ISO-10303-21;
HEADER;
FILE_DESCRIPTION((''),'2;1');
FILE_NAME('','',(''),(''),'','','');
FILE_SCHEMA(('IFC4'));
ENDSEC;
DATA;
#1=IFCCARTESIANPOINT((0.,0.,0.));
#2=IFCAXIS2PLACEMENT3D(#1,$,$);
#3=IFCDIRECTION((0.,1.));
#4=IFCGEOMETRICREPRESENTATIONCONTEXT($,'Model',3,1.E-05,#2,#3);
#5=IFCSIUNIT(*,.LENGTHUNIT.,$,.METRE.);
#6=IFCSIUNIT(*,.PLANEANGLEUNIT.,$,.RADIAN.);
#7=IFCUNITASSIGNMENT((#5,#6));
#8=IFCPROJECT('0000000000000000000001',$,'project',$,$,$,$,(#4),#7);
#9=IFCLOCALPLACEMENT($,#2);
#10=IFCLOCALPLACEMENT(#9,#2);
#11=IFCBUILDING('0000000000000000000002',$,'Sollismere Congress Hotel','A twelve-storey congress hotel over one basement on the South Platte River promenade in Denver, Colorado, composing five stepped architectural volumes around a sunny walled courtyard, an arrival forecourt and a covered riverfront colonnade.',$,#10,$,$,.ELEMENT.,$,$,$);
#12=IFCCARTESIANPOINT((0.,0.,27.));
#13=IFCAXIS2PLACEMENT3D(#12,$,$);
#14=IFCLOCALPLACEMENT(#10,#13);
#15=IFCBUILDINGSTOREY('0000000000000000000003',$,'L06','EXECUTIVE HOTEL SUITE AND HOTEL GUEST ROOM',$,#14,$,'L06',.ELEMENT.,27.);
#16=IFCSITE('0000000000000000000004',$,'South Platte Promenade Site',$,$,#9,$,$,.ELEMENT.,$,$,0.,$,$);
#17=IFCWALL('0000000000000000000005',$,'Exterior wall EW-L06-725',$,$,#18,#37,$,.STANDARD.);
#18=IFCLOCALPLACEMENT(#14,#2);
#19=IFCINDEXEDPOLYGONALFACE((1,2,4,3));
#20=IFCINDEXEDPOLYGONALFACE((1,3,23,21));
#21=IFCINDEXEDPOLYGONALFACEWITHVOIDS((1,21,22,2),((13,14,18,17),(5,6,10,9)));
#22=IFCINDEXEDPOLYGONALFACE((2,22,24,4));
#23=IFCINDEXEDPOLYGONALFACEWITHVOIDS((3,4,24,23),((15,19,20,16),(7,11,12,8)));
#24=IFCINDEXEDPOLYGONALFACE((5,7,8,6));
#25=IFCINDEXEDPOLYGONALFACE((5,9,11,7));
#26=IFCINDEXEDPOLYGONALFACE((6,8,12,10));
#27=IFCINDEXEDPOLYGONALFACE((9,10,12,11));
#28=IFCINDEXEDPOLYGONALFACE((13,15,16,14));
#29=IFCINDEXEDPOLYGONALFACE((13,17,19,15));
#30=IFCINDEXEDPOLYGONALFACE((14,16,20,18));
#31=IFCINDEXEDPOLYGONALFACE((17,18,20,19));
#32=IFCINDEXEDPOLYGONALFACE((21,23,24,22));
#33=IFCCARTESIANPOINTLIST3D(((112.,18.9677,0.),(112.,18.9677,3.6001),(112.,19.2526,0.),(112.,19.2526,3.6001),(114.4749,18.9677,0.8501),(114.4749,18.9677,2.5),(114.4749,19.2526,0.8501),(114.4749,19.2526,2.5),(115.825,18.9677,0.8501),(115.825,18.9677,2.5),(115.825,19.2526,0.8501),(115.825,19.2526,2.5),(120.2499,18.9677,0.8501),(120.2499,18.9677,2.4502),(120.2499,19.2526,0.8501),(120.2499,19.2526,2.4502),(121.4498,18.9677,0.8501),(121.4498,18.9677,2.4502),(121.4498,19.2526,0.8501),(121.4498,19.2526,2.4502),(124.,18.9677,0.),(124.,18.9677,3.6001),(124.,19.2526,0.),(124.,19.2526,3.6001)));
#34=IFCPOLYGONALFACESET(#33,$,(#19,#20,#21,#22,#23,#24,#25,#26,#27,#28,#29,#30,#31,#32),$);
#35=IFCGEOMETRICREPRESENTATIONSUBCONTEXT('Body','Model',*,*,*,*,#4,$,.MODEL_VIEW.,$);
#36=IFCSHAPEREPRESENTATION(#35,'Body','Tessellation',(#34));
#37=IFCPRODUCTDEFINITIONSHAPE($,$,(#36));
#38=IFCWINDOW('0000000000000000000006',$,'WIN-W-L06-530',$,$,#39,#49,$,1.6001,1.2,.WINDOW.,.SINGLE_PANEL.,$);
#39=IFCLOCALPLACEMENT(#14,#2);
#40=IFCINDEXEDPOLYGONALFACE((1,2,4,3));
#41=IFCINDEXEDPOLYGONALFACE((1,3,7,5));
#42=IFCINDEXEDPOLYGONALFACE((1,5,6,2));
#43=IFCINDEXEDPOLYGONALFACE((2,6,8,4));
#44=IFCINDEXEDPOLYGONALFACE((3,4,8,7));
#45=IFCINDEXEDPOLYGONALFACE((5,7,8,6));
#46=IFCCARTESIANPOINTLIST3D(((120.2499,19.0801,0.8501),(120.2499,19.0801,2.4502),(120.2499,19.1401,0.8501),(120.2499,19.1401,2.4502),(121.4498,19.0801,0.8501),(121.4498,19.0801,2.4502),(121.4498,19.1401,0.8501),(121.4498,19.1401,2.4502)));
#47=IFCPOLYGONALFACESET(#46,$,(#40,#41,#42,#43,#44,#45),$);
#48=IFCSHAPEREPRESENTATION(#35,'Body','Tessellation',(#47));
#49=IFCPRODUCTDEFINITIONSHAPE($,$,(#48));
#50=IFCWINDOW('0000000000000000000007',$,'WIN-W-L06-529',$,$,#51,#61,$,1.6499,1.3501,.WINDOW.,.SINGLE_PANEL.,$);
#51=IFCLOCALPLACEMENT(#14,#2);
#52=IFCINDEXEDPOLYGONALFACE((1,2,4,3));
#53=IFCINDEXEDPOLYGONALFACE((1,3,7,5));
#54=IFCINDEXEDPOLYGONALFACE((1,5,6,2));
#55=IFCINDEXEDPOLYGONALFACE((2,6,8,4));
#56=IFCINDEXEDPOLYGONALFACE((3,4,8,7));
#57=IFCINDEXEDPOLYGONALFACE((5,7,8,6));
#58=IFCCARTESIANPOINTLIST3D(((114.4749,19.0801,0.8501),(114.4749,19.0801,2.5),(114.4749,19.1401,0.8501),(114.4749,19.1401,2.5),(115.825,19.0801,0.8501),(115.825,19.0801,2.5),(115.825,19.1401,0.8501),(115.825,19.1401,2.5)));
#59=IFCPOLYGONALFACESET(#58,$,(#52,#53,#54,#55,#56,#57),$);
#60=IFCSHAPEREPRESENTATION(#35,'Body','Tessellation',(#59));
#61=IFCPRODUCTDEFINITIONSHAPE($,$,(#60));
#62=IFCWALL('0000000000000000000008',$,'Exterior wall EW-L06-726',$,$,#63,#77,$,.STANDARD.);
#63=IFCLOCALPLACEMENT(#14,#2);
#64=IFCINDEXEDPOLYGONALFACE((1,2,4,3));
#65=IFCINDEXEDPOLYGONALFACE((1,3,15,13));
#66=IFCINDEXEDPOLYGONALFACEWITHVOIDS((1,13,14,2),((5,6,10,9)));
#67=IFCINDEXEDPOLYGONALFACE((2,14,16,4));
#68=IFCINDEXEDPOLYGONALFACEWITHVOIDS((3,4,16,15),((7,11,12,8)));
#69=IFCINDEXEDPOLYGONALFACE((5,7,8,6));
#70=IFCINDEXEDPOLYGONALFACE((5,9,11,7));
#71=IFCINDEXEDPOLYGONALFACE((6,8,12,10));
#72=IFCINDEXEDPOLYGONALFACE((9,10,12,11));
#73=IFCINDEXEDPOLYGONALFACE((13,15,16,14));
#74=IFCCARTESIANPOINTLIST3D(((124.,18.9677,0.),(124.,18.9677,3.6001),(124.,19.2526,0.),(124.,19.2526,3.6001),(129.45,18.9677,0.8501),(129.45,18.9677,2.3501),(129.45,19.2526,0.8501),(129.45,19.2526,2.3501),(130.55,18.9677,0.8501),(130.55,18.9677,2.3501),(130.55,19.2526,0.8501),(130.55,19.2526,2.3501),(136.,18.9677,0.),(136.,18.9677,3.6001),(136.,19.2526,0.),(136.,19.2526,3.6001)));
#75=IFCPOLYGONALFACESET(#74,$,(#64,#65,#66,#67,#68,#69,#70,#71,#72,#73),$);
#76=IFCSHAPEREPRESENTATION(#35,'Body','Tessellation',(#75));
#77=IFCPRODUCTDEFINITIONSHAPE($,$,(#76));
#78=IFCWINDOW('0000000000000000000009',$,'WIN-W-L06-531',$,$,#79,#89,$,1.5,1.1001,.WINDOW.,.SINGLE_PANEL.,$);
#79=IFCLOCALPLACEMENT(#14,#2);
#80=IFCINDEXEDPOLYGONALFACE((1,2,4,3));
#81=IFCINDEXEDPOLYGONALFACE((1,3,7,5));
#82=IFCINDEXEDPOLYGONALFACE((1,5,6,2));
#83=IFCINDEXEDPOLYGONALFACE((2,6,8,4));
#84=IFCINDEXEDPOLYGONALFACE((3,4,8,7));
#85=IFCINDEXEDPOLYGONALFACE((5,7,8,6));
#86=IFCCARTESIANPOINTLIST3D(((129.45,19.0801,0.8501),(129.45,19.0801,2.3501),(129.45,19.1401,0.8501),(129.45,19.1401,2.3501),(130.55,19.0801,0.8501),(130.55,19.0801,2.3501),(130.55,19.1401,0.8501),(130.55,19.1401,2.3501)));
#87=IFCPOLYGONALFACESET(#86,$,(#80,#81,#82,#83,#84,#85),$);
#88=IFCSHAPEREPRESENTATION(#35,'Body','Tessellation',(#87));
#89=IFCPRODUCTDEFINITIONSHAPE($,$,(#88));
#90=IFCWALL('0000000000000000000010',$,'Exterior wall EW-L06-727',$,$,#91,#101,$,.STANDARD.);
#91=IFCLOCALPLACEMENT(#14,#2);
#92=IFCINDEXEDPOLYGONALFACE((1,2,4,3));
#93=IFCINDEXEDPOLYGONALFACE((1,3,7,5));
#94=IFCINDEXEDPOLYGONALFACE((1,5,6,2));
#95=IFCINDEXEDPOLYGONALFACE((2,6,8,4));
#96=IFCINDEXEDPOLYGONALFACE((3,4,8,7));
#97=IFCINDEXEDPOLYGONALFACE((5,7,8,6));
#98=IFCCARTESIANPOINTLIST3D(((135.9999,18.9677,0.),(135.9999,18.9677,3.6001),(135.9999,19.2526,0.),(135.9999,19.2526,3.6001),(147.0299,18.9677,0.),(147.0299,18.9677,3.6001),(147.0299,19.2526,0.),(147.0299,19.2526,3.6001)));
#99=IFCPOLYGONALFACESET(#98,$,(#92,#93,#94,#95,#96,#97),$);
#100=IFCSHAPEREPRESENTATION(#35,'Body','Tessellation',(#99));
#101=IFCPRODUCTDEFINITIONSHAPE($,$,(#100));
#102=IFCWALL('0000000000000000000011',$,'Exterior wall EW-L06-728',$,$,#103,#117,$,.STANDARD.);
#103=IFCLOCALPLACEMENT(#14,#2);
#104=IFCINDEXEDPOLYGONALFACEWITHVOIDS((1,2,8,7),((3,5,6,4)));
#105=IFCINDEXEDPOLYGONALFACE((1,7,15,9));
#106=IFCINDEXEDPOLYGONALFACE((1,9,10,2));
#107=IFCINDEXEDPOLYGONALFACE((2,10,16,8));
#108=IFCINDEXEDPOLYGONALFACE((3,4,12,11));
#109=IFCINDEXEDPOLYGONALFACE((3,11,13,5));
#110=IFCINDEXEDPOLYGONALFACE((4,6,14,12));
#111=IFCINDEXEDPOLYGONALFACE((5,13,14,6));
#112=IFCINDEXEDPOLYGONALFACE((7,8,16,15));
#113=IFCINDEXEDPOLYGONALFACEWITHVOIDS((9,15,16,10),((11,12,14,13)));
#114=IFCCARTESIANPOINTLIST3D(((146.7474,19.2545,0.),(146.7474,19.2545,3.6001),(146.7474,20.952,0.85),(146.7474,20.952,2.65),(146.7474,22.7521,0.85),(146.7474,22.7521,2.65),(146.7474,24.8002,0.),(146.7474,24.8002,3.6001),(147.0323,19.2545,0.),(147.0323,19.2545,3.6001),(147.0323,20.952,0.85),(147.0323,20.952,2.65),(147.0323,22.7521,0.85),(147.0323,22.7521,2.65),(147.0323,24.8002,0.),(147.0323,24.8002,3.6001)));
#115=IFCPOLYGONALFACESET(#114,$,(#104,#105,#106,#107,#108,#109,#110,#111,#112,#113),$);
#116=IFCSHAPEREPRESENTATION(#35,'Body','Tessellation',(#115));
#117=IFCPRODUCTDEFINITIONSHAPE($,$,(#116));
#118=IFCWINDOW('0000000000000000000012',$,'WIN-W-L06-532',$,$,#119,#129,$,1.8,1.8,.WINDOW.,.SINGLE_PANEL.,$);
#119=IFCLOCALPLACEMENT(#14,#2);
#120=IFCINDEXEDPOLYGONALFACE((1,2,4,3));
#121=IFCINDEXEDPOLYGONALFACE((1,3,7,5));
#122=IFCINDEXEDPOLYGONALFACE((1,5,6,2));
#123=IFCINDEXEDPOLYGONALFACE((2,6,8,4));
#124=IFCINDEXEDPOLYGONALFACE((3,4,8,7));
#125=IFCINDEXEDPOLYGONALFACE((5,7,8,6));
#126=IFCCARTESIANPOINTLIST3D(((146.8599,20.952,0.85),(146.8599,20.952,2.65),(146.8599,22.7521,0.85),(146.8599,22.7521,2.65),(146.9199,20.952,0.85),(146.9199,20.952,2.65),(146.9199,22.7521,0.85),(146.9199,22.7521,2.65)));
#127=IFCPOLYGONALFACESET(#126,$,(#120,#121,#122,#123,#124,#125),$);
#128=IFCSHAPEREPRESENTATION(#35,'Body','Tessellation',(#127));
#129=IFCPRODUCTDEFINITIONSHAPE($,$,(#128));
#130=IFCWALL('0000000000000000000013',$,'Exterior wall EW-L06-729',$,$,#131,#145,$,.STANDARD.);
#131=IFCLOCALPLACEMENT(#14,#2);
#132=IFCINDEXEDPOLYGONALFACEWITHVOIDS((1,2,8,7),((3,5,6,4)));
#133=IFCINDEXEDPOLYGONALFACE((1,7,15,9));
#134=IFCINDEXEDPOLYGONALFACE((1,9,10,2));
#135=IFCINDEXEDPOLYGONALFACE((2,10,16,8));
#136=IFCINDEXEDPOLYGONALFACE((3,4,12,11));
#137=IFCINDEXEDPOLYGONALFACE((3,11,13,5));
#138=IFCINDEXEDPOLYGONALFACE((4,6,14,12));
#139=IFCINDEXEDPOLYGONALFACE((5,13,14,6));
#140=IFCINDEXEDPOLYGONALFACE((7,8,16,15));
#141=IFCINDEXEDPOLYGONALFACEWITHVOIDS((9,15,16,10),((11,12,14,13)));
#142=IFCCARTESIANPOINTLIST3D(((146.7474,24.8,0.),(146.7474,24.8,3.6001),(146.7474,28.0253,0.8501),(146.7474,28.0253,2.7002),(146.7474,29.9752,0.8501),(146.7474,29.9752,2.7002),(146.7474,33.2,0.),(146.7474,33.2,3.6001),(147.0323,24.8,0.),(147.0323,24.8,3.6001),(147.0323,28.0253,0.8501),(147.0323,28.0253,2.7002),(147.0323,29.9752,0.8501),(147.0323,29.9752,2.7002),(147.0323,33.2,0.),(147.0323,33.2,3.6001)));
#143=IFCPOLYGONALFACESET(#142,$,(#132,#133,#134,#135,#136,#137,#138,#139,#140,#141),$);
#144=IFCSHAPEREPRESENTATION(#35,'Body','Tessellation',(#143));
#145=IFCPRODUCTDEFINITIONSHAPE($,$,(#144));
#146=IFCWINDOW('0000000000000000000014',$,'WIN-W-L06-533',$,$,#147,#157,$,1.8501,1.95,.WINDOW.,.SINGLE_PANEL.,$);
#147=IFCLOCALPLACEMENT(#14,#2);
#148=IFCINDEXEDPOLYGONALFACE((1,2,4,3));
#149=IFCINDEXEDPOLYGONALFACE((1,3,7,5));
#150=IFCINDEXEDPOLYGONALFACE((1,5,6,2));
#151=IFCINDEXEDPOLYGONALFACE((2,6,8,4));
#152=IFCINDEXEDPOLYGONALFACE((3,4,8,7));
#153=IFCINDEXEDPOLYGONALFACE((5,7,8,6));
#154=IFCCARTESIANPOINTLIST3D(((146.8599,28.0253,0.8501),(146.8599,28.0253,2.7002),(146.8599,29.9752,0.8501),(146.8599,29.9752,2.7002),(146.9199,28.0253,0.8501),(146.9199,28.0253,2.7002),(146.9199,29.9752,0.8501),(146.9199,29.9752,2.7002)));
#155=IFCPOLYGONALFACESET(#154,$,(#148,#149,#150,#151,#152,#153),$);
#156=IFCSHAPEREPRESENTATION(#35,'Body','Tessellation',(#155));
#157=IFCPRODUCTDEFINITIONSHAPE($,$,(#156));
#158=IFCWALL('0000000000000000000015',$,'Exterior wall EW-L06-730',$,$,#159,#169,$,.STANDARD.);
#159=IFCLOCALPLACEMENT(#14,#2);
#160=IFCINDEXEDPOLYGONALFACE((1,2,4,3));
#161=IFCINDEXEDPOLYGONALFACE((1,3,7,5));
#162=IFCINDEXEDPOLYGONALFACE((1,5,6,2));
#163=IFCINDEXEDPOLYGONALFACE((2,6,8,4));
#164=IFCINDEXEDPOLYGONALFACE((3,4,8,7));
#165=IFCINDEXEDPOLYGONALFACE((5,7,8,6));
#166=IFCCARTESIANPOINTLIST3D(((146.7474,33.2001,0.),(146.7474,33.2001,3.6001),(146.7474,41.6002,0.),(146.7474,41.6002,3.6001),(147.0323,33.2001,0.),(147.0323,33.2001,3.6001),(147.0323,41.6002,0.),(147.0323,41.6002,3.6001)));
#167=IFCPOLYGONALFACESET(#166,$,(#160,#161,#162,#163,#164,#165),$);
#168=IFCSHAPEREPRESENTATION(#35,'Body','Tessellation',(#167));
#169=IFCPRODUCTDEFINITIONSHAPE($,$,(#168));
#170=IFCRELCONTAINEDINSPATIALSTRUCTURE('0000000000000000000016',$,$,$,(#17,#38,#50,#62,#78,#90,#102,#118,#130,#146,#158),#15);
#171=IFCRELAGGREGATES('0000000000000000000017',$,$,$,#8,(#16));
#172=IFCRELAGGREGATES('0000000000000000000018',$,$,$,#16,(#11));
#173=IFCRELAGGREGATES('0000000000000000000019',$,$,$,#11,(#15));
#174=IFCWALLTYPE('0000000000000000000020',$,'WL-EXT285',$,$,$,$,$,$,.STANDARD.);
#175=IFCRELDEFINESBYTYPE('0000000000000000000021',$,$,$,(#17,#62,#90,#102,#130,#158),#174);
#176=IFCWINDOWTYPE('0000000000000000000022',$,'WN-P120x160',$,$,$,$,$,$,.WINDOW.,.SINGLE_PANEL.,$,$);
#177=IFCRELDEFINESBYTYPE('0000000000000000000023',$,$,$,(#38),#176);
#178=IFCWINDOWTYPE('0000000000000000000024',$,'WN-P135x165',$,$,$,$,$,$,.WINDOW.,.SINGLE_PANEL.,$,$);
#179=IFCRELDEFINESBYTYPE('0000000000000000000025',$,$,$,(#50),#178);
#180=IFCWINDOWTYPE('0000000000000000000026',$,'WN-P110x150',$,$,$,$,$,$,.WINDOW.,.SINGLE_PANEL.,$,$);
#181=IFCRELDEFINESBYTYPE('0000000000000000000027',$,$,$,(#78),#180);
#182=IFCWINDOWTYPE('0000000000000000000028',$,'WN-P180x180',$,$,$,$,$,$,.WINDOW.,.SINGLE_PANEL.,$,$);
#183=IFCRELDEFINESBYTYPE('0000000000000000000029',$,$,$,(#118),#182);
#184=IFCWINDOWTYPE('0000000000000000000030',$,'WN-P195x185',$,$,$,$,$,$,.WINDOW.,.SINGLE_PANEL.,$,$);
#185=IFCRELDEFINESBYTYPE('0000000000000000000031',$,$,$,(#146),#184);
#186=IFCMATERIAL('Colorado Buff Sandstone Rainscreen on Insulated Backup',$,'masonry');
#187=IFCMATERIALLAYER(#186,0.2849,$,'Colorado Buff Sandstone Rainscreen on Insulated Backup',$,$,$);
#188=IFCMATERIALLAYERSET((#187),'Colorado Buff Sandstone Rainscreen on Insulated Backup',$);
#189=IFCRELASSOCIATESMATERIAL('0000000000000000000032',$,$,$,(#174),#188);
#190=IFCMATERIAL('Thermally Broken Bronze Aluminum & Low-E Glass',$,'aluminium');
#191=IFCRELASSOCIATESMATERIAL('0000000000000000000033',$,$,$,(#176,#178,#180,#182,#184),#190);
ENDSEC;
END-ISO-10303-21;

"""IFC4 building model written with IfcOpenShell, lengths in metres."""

from ifc_helpers import new_model, si_unit, direction, frame, frame_2d, origin, place, context, subcontext, project, spatial, rectangle, extrude, material, layer, layer_set, type_object, element, fill, save


model = new_model("IFC4")

# Units and contexts
model_context = context("Model", 3, precision=1e-05, world=origin(), true_north=direction((0.0, 1.0)))
body_context = subcontext(model_context, "Body", "Model", "MODEL_VIEW")
ifc_project = project(units=[si_unit("LENGTHUNIT", "METRE"), si_unit("PLANEANGLEUNIT", "RADIAN")], contexts=[model_context])

# Site, building, storey
site_placement = place(None, origin())
site = spatial("IfcSite", under=ifc_project, at=site_placement, Name="South Platte Promenade Site", CompositionType="ELEMENT", RefElevation=0.0)
building_placement = place(site_placement, origin())
building = spatial("IfcBuilding", under=site, at=building_placement, Name="Sollismere Congress Hotel", Description="A twelve-storey congress hotel over one basement on the South Platte River promenade in Denver, Colorado, composing five stepped architectural volumes around a sunny walled courtyard, an arrival forecourt and a covered riverfront colonnade.", CompositionType="ELEMENT")
storey_placement = place(building_placement, frame((0.0, 0.0, 27.0)))
storey = spatial("IfcBuildingStorey", under=building, at=storey_placement, Name="L06", Description="EXECUTIVE HOTEL SUITE AND HOTEL GUEST ROOM", LongName="L06", CompositionType="ELEMENT", Elevation=27.0)

# Wall, openings, windows
ifc_material_1 = material(Name="Colorado Buff Sandstone Rainscreen on Insulated Backup", Category="masonry")
ifc_layer_1 = layer(ifc_material_1, 0.2849, Name="Colorado Buff Sandstone Rainscreen on Insulated Backup")
ifc_layer_set_1 = layer_set([ifc_layer_1], Name="Colorado Buff Sandstone Rainscreen on Insulated Backup")
wall_type_1 = type_object("IfcWallType", Name="WL-EXT285", PredefinedType="STANDARD", material=ifc_layer_set_1)
wall_1_placement = place(storey_placement, frame((124.0, 19.1101, 0.0), z_axis=(0.0, 0.0, 1.0), x_axis=(-1.0, 0.0, 0.0)))
wall_1 = element("IfcWall", 1, at=wall_1_placement, inside=storey, type_object=wall_type_1, Name="Exterior wall EW-L06-725", PredefinedType="STANDARD", context=body_context, shape_type="SweptSolid", body=[
    extrude(rectangle(XDim=12.0, YDim=0.2849, at=frame_2d((6.0, 0.0))), origin(), (0.0, 0.0, 1.0), 3.6001),
])
opening_1_placement = place(wall_1_placement, frame((8.175, 0.0, 0.8501)))
opening_1 = element("IfcOpeningElement", 2, at=opening_1_placement, cuts=wall_1, PredefinedType="OPENING", context=body_context, shape_type="SweptSolid", body=[
    extrude(rectangle(XDim=1.3501, YDim=1.6499, at=frame_2d((0.675, 0.825))), frame((0.0, 0.1523, 0.0), z_axis=(0.0, -1.0, 0.0), x_axis=(1.0, 0.0, 0.0)), (0.0, 0.0, 1.0), 0.3049),
])
opening_2_placement = place(wall_1_placement, frame((2.55, 0.0, 0.8501)))
opening_2 = element("IfcOpeningElement", 3, at=opening_2_placement, cuts=wall_1, PredefinedType="OPENING", context=body_context, shape_type="SweptSolid", body=[
    extrude(rectangle(XDim=1.2, YDim=1.6001, at=frame_2d((0.6001, 0.8))), frame((0.0, 0.1523, 0.0), z_axis=(0.0, -1.0, 0.0), x_axis=(1.0, 0.0, 0.0)), (0.0, 0.0, 1.0), 0.3049),
])
ifc_material_2 = material(Name="Thermally Broken Bronze Aluminum & Low-E Glass", Category="aluminium")
window_type_1 = type_object("IfcWindowType", Name="WN-P120x160", PartitioningType="SINGLE_PANEL", PredefinedType="WINDOW", material=ifc_material_2)
window_1_placement = place(opening_2_placement, origin())
window_1 = element("IfcWindow", 4, at=window_1_placement, inside=storey, type_object=window_type_1, Name="WIN-W-L06-530", OverallHeight=1.6001, OverallWidth=1.2, PartitioningType="SINGLE_PANEL", PredefinedType="WINDOW", context=body_context, shape_type="SweptSolid", body=[
    extrude(rectangle(XDim=1.2, YDim=1.6001, at=frame_2d((0.6001, 0.8))), frame((0.0, 0.03, 0.0), z_axis=(0.0, -1.0, 0.0), x_axis=(1.0, 0.0, 0.0)), (0.0, 0.0, 1.0), 0.0601),
])
fill(opening_2, window_1)
window_type_2 = type_object("IfcWindowType", Name="WN-P135x165", PartitioningType="SINGLE_PANEL", PredefinedType="WINDOW", material=ifc_material_2)
window_2_placement = place(opening_1_placement, origin())
window_2 = element("IfcWindow", 5, at=window_2_placement, inside=storey, type_object=window_type_2, Name="WIN-W-L06-529", OverallHeight=1.6499, OverallWidth=1.3501, PartitioningType="SINGLE_PANEL", PredefinedType="WINDOW", context=body_context, shape_type="SweptSolid", body=[
    extrude(rectangle(XDim=1.3501, YDim=1.6499, at=frame_2d((0.675, 0.825))), frame((0.0, 0.03, 0.0), z_axis=(0.0, -1.0, 0.0), x_axis=(1.0, 0.0, 0.0)), (0.0, 0.0, 1.0), 0.0601),
])
fill(opening_1, window_2)

# Wall, opening, window
wall_2_placement = place(storey_placement, frame((136.0, 19.1101, 0.0), z_axis=(0.0, 0.0, 1.0), x_axis=(-1.0, 0.0, 0.0)))
wall_2 = element("IfcWall", 6, at=wall_2_placement, inside=storey, type_object=wall_type_1, Name="Exterior wall EW-L06-726", PredefinedType="STANDARD", context=body_context, shape_type="SweptSolid", body=[
    extrude(rectangle(XDim=12.0, YDim=0.2849, at=frame_2d((6.0, 0.0))), origin(), (0.0, 0.0, 1.0), 3.6001),
])
opening_3_placement = place(wall_2_placement, frame((5.45, 0.0, 0.8501)))
opening_3 = element("IfcOpeningElement", 7, at=opening_3_placement, cuts=wall_2, PredefinedType="OPENING", context=body_context, shape_type="SweptSolid", body=[
    extrude(rectangle(XDim=1.1001, YDim=1.5, at=frame_2d((0.55, 0.75))), frame((0.0, 0.1523, 0.0), z_axis=(0.0, -1.0, 0.0), x_axis=(1.0, 0.0, 0.0)), (0.0, 0.0, 1.0), 0.3049),
])
window_type_3 = type_object("IfcWindowType", Name="WN-P110x150", PartitioningType="SINGLE_PANEL", PredefinedType="WINDOW", material=ifc_material_2)
window_3_placement = place(opening_3_placement, origin())
window_3 = element("IfcWindow", 8, at=window_3_placement, inside=storey, type_object=window_type_3, Name="WIN-W-L06-531", OverallHeight=1.5, OverallWidth=1.1001, PartitioningType="SINGLE_PANEL", PredefinedType="WINDOW", context=body_context, shape_type="SweptSolid", body=[
    extrude(rectangle(XDim=1.1001, YDim=1.5, at=frame_2d((0.55, 0.75))), frame((0.0, 0.03, 0.0), z_axis=(0.0, -1.0, 0.0), x_axis=(1.0, 0.0, 0.0)), (0.0, 0.0, 1.0), 0.0601),
])
fill(opening_3, window_3)

# Wall
wall_3_placement = place(storey_placement, frame((147.03, 19.1101, 0.0), z_axis=(0.0, 0.0, 1.0), x_axis=(-1.0, 0.0, 0.0)))
element("IfcWall", 9, at=wall_3_placement, inside=storey, type_object=wall_type_1, Name="Exterior wall EW-L06-727", PredefinedType="STANDARD", context=body_context, shape_type="SweptSolid", body=[
    extrude(rectangle(XDim=11.03, YDim=0.2849, at=frame_2d((5.5151, 0.0))), origin(), (0.0, 0.0, 1.0), 3.6001),
])

# Walls, openings, windows
wall_4_placement = place(storey_placement, frame((146.8899, 19.2544, 0.0), z_axis=(0.0, 0.0, 1.0), x_axis=(0.0, 1.0, 0.0)))
wall_4 = element("IfcWall", 10, at=wall_4_placement, inside=storey, type_object=wall_type_1, Name="Exterior wall EW-L06-728", PredefinedType="STANDARD", context=body_context, shape_type="SweptSolid", body=[
    extrude(rectangle(XDim=5.5457, YDim=0.2849, at=frame_2d((2.7729, 0.0))), origin(), (0.0, 0.0, 1.0), 3.6001),
])
opening_4_placement = place(wall_4_placement, frame((1.6978, 0.0, 0.8501)))
opening_4 = element("IfcOpeningElement", 11, at=opening_4_placement, cuts=wall_4, PredefinedType="OPENING", context=body_context, shape_type="SweptSolid", body=[
    extrude(rectangle(XDim=1.8, YDim=1.8, at=frame_2d((0.8999, 0.8999))), frame((0.0, 0.1523, 0.0), z_axis=(0.0, -1.0, 0.0), x_axis=(1.0, 0.0, 0.0)), (0.0, 0.0, 1.0), 0.3049),
])
window_type_4 = type_object("IfcWindowType", Name="WN-P180x180", PartitioningType="SINGLE_PANEL", PredefinedType="WINDOW", material=ifc_material_2)
window_4_placement = place(opening_4_placement, origin())
window_4 = element("IfcWindow", 12, at=window_4_placement, inside=storey, type_object=window_type_4, Name="WIN-W-L06-532", OverallHeight=1.8, OverallWidth=1.8, PartitioningType="SINGLE_PANEL", PredefinedType="WINDOW", context=body_context, shape_type="SweptSolid", body=[
    extrude(rectangle(XDim=1.8, YDim=1.8, at=frame_2d((0.8999, 0.8999))), frame((0.0, 0.03, 0.0), z_axis=(0.0, -1.0, 0.0), x_axis=(1.0, 0.0, 0.0)), (0.0, 0.0, 1.0), 0.0601),
])
fill(opening_4, window_4)
wall_5_placement = place(storey_placement, frame((146.8899, 24.8, 0.0), z_axis=(0.0, 0.0, 1.0), x_axis=(0.0, 1.0, 0.0)))
wall_5 = element("IfcWall", 13, at=wall_5_placement, inside=storey, type_object=wall_type_1, Name="Exterior wall EW-L06-729", PredefinedType="STANDARD", context=body_context, shape_type="SweptSolid", body=[
    extrude(rectangle(XDim=8.3999, YDim=0.2849, at=frame_2d((4.2, 0.0))), origin(), (0.0, 0.0, 1.0), 3.6001),
])
opening_5_placement = place(wall_5_placement, frame((3.2251, 0.0, 0.8501)))
opening_5 = element("IfcOpeningElement", 14, at=opening_5_placement, cuts=wall_5, PredefinedType="OPENING", context=body_context, shape_type="SweptSolid", body=[
    extrude(rectangle(XDim=1.95, YDim=1.8501, at=frame_2d((0.9751, 0.925))), frame((0.0, 0.1523, 0.0), z_axis=(0.0, -1.0, 0.0), x_axis=(1.0, 0.0, 0.0)), (0.0, 0.0, 1.0), 0.3049),
])
window_type_5 = type_object("IfcWindowType", Name="WN-P195x185", PartitioningType="SINGLE_PANEL", PredefinedType="WINDOW", material=ifc_material_2)
window_5_placement = place(opening_5_placement, origin())
window_5 = element("IfcWindow", 15, at=window_5_placement, inside=storey, type_object=window_type_5, Name="WIN-W-L06-533", OverallHeight=1.8501, OverallWidth=1.95, PartitioningType="SINGLE_PANEL", PredefinedType="WINDOW", context=body_context, shape_type="SweptSolid", body=[
    extrude(rectangle(XDim=1.95, YDim=1.8501, at=frame_2d((0.9751, 0.925))), frame((0.0, 0.03, 0.0), z_axis=(0.0, -1.0, 0.0), x_axis=(1.0, 0.0, 0.0)), (0.0, 0.0, 1.0), 0.0601),
])
fill(opening_5, window_5)

# Wall
wall_6_placement = place(storey_placement, frame((146.8899, 33.2, 0.0), z_axis=(0.0, 0.0, 1.0), x_axis=(0.0, 1.0, 0.0)))
element("IfcWall", 16, at=wall_6_placement, inside=storey, type_object=wall_type_1, Name="Exterior wall EW-L06-730", PredefinedType="STANDARD", context=body_context, shape_type="SweptSolid", body=[
    extrude(rectangle(XDim=8.4001, YDim=0.2849, at=frame_2d((4.2002, 0.0))), origin(), (0.0, 0.0, 1.0), 3.6001),
])

save(model, "model.ifc")
